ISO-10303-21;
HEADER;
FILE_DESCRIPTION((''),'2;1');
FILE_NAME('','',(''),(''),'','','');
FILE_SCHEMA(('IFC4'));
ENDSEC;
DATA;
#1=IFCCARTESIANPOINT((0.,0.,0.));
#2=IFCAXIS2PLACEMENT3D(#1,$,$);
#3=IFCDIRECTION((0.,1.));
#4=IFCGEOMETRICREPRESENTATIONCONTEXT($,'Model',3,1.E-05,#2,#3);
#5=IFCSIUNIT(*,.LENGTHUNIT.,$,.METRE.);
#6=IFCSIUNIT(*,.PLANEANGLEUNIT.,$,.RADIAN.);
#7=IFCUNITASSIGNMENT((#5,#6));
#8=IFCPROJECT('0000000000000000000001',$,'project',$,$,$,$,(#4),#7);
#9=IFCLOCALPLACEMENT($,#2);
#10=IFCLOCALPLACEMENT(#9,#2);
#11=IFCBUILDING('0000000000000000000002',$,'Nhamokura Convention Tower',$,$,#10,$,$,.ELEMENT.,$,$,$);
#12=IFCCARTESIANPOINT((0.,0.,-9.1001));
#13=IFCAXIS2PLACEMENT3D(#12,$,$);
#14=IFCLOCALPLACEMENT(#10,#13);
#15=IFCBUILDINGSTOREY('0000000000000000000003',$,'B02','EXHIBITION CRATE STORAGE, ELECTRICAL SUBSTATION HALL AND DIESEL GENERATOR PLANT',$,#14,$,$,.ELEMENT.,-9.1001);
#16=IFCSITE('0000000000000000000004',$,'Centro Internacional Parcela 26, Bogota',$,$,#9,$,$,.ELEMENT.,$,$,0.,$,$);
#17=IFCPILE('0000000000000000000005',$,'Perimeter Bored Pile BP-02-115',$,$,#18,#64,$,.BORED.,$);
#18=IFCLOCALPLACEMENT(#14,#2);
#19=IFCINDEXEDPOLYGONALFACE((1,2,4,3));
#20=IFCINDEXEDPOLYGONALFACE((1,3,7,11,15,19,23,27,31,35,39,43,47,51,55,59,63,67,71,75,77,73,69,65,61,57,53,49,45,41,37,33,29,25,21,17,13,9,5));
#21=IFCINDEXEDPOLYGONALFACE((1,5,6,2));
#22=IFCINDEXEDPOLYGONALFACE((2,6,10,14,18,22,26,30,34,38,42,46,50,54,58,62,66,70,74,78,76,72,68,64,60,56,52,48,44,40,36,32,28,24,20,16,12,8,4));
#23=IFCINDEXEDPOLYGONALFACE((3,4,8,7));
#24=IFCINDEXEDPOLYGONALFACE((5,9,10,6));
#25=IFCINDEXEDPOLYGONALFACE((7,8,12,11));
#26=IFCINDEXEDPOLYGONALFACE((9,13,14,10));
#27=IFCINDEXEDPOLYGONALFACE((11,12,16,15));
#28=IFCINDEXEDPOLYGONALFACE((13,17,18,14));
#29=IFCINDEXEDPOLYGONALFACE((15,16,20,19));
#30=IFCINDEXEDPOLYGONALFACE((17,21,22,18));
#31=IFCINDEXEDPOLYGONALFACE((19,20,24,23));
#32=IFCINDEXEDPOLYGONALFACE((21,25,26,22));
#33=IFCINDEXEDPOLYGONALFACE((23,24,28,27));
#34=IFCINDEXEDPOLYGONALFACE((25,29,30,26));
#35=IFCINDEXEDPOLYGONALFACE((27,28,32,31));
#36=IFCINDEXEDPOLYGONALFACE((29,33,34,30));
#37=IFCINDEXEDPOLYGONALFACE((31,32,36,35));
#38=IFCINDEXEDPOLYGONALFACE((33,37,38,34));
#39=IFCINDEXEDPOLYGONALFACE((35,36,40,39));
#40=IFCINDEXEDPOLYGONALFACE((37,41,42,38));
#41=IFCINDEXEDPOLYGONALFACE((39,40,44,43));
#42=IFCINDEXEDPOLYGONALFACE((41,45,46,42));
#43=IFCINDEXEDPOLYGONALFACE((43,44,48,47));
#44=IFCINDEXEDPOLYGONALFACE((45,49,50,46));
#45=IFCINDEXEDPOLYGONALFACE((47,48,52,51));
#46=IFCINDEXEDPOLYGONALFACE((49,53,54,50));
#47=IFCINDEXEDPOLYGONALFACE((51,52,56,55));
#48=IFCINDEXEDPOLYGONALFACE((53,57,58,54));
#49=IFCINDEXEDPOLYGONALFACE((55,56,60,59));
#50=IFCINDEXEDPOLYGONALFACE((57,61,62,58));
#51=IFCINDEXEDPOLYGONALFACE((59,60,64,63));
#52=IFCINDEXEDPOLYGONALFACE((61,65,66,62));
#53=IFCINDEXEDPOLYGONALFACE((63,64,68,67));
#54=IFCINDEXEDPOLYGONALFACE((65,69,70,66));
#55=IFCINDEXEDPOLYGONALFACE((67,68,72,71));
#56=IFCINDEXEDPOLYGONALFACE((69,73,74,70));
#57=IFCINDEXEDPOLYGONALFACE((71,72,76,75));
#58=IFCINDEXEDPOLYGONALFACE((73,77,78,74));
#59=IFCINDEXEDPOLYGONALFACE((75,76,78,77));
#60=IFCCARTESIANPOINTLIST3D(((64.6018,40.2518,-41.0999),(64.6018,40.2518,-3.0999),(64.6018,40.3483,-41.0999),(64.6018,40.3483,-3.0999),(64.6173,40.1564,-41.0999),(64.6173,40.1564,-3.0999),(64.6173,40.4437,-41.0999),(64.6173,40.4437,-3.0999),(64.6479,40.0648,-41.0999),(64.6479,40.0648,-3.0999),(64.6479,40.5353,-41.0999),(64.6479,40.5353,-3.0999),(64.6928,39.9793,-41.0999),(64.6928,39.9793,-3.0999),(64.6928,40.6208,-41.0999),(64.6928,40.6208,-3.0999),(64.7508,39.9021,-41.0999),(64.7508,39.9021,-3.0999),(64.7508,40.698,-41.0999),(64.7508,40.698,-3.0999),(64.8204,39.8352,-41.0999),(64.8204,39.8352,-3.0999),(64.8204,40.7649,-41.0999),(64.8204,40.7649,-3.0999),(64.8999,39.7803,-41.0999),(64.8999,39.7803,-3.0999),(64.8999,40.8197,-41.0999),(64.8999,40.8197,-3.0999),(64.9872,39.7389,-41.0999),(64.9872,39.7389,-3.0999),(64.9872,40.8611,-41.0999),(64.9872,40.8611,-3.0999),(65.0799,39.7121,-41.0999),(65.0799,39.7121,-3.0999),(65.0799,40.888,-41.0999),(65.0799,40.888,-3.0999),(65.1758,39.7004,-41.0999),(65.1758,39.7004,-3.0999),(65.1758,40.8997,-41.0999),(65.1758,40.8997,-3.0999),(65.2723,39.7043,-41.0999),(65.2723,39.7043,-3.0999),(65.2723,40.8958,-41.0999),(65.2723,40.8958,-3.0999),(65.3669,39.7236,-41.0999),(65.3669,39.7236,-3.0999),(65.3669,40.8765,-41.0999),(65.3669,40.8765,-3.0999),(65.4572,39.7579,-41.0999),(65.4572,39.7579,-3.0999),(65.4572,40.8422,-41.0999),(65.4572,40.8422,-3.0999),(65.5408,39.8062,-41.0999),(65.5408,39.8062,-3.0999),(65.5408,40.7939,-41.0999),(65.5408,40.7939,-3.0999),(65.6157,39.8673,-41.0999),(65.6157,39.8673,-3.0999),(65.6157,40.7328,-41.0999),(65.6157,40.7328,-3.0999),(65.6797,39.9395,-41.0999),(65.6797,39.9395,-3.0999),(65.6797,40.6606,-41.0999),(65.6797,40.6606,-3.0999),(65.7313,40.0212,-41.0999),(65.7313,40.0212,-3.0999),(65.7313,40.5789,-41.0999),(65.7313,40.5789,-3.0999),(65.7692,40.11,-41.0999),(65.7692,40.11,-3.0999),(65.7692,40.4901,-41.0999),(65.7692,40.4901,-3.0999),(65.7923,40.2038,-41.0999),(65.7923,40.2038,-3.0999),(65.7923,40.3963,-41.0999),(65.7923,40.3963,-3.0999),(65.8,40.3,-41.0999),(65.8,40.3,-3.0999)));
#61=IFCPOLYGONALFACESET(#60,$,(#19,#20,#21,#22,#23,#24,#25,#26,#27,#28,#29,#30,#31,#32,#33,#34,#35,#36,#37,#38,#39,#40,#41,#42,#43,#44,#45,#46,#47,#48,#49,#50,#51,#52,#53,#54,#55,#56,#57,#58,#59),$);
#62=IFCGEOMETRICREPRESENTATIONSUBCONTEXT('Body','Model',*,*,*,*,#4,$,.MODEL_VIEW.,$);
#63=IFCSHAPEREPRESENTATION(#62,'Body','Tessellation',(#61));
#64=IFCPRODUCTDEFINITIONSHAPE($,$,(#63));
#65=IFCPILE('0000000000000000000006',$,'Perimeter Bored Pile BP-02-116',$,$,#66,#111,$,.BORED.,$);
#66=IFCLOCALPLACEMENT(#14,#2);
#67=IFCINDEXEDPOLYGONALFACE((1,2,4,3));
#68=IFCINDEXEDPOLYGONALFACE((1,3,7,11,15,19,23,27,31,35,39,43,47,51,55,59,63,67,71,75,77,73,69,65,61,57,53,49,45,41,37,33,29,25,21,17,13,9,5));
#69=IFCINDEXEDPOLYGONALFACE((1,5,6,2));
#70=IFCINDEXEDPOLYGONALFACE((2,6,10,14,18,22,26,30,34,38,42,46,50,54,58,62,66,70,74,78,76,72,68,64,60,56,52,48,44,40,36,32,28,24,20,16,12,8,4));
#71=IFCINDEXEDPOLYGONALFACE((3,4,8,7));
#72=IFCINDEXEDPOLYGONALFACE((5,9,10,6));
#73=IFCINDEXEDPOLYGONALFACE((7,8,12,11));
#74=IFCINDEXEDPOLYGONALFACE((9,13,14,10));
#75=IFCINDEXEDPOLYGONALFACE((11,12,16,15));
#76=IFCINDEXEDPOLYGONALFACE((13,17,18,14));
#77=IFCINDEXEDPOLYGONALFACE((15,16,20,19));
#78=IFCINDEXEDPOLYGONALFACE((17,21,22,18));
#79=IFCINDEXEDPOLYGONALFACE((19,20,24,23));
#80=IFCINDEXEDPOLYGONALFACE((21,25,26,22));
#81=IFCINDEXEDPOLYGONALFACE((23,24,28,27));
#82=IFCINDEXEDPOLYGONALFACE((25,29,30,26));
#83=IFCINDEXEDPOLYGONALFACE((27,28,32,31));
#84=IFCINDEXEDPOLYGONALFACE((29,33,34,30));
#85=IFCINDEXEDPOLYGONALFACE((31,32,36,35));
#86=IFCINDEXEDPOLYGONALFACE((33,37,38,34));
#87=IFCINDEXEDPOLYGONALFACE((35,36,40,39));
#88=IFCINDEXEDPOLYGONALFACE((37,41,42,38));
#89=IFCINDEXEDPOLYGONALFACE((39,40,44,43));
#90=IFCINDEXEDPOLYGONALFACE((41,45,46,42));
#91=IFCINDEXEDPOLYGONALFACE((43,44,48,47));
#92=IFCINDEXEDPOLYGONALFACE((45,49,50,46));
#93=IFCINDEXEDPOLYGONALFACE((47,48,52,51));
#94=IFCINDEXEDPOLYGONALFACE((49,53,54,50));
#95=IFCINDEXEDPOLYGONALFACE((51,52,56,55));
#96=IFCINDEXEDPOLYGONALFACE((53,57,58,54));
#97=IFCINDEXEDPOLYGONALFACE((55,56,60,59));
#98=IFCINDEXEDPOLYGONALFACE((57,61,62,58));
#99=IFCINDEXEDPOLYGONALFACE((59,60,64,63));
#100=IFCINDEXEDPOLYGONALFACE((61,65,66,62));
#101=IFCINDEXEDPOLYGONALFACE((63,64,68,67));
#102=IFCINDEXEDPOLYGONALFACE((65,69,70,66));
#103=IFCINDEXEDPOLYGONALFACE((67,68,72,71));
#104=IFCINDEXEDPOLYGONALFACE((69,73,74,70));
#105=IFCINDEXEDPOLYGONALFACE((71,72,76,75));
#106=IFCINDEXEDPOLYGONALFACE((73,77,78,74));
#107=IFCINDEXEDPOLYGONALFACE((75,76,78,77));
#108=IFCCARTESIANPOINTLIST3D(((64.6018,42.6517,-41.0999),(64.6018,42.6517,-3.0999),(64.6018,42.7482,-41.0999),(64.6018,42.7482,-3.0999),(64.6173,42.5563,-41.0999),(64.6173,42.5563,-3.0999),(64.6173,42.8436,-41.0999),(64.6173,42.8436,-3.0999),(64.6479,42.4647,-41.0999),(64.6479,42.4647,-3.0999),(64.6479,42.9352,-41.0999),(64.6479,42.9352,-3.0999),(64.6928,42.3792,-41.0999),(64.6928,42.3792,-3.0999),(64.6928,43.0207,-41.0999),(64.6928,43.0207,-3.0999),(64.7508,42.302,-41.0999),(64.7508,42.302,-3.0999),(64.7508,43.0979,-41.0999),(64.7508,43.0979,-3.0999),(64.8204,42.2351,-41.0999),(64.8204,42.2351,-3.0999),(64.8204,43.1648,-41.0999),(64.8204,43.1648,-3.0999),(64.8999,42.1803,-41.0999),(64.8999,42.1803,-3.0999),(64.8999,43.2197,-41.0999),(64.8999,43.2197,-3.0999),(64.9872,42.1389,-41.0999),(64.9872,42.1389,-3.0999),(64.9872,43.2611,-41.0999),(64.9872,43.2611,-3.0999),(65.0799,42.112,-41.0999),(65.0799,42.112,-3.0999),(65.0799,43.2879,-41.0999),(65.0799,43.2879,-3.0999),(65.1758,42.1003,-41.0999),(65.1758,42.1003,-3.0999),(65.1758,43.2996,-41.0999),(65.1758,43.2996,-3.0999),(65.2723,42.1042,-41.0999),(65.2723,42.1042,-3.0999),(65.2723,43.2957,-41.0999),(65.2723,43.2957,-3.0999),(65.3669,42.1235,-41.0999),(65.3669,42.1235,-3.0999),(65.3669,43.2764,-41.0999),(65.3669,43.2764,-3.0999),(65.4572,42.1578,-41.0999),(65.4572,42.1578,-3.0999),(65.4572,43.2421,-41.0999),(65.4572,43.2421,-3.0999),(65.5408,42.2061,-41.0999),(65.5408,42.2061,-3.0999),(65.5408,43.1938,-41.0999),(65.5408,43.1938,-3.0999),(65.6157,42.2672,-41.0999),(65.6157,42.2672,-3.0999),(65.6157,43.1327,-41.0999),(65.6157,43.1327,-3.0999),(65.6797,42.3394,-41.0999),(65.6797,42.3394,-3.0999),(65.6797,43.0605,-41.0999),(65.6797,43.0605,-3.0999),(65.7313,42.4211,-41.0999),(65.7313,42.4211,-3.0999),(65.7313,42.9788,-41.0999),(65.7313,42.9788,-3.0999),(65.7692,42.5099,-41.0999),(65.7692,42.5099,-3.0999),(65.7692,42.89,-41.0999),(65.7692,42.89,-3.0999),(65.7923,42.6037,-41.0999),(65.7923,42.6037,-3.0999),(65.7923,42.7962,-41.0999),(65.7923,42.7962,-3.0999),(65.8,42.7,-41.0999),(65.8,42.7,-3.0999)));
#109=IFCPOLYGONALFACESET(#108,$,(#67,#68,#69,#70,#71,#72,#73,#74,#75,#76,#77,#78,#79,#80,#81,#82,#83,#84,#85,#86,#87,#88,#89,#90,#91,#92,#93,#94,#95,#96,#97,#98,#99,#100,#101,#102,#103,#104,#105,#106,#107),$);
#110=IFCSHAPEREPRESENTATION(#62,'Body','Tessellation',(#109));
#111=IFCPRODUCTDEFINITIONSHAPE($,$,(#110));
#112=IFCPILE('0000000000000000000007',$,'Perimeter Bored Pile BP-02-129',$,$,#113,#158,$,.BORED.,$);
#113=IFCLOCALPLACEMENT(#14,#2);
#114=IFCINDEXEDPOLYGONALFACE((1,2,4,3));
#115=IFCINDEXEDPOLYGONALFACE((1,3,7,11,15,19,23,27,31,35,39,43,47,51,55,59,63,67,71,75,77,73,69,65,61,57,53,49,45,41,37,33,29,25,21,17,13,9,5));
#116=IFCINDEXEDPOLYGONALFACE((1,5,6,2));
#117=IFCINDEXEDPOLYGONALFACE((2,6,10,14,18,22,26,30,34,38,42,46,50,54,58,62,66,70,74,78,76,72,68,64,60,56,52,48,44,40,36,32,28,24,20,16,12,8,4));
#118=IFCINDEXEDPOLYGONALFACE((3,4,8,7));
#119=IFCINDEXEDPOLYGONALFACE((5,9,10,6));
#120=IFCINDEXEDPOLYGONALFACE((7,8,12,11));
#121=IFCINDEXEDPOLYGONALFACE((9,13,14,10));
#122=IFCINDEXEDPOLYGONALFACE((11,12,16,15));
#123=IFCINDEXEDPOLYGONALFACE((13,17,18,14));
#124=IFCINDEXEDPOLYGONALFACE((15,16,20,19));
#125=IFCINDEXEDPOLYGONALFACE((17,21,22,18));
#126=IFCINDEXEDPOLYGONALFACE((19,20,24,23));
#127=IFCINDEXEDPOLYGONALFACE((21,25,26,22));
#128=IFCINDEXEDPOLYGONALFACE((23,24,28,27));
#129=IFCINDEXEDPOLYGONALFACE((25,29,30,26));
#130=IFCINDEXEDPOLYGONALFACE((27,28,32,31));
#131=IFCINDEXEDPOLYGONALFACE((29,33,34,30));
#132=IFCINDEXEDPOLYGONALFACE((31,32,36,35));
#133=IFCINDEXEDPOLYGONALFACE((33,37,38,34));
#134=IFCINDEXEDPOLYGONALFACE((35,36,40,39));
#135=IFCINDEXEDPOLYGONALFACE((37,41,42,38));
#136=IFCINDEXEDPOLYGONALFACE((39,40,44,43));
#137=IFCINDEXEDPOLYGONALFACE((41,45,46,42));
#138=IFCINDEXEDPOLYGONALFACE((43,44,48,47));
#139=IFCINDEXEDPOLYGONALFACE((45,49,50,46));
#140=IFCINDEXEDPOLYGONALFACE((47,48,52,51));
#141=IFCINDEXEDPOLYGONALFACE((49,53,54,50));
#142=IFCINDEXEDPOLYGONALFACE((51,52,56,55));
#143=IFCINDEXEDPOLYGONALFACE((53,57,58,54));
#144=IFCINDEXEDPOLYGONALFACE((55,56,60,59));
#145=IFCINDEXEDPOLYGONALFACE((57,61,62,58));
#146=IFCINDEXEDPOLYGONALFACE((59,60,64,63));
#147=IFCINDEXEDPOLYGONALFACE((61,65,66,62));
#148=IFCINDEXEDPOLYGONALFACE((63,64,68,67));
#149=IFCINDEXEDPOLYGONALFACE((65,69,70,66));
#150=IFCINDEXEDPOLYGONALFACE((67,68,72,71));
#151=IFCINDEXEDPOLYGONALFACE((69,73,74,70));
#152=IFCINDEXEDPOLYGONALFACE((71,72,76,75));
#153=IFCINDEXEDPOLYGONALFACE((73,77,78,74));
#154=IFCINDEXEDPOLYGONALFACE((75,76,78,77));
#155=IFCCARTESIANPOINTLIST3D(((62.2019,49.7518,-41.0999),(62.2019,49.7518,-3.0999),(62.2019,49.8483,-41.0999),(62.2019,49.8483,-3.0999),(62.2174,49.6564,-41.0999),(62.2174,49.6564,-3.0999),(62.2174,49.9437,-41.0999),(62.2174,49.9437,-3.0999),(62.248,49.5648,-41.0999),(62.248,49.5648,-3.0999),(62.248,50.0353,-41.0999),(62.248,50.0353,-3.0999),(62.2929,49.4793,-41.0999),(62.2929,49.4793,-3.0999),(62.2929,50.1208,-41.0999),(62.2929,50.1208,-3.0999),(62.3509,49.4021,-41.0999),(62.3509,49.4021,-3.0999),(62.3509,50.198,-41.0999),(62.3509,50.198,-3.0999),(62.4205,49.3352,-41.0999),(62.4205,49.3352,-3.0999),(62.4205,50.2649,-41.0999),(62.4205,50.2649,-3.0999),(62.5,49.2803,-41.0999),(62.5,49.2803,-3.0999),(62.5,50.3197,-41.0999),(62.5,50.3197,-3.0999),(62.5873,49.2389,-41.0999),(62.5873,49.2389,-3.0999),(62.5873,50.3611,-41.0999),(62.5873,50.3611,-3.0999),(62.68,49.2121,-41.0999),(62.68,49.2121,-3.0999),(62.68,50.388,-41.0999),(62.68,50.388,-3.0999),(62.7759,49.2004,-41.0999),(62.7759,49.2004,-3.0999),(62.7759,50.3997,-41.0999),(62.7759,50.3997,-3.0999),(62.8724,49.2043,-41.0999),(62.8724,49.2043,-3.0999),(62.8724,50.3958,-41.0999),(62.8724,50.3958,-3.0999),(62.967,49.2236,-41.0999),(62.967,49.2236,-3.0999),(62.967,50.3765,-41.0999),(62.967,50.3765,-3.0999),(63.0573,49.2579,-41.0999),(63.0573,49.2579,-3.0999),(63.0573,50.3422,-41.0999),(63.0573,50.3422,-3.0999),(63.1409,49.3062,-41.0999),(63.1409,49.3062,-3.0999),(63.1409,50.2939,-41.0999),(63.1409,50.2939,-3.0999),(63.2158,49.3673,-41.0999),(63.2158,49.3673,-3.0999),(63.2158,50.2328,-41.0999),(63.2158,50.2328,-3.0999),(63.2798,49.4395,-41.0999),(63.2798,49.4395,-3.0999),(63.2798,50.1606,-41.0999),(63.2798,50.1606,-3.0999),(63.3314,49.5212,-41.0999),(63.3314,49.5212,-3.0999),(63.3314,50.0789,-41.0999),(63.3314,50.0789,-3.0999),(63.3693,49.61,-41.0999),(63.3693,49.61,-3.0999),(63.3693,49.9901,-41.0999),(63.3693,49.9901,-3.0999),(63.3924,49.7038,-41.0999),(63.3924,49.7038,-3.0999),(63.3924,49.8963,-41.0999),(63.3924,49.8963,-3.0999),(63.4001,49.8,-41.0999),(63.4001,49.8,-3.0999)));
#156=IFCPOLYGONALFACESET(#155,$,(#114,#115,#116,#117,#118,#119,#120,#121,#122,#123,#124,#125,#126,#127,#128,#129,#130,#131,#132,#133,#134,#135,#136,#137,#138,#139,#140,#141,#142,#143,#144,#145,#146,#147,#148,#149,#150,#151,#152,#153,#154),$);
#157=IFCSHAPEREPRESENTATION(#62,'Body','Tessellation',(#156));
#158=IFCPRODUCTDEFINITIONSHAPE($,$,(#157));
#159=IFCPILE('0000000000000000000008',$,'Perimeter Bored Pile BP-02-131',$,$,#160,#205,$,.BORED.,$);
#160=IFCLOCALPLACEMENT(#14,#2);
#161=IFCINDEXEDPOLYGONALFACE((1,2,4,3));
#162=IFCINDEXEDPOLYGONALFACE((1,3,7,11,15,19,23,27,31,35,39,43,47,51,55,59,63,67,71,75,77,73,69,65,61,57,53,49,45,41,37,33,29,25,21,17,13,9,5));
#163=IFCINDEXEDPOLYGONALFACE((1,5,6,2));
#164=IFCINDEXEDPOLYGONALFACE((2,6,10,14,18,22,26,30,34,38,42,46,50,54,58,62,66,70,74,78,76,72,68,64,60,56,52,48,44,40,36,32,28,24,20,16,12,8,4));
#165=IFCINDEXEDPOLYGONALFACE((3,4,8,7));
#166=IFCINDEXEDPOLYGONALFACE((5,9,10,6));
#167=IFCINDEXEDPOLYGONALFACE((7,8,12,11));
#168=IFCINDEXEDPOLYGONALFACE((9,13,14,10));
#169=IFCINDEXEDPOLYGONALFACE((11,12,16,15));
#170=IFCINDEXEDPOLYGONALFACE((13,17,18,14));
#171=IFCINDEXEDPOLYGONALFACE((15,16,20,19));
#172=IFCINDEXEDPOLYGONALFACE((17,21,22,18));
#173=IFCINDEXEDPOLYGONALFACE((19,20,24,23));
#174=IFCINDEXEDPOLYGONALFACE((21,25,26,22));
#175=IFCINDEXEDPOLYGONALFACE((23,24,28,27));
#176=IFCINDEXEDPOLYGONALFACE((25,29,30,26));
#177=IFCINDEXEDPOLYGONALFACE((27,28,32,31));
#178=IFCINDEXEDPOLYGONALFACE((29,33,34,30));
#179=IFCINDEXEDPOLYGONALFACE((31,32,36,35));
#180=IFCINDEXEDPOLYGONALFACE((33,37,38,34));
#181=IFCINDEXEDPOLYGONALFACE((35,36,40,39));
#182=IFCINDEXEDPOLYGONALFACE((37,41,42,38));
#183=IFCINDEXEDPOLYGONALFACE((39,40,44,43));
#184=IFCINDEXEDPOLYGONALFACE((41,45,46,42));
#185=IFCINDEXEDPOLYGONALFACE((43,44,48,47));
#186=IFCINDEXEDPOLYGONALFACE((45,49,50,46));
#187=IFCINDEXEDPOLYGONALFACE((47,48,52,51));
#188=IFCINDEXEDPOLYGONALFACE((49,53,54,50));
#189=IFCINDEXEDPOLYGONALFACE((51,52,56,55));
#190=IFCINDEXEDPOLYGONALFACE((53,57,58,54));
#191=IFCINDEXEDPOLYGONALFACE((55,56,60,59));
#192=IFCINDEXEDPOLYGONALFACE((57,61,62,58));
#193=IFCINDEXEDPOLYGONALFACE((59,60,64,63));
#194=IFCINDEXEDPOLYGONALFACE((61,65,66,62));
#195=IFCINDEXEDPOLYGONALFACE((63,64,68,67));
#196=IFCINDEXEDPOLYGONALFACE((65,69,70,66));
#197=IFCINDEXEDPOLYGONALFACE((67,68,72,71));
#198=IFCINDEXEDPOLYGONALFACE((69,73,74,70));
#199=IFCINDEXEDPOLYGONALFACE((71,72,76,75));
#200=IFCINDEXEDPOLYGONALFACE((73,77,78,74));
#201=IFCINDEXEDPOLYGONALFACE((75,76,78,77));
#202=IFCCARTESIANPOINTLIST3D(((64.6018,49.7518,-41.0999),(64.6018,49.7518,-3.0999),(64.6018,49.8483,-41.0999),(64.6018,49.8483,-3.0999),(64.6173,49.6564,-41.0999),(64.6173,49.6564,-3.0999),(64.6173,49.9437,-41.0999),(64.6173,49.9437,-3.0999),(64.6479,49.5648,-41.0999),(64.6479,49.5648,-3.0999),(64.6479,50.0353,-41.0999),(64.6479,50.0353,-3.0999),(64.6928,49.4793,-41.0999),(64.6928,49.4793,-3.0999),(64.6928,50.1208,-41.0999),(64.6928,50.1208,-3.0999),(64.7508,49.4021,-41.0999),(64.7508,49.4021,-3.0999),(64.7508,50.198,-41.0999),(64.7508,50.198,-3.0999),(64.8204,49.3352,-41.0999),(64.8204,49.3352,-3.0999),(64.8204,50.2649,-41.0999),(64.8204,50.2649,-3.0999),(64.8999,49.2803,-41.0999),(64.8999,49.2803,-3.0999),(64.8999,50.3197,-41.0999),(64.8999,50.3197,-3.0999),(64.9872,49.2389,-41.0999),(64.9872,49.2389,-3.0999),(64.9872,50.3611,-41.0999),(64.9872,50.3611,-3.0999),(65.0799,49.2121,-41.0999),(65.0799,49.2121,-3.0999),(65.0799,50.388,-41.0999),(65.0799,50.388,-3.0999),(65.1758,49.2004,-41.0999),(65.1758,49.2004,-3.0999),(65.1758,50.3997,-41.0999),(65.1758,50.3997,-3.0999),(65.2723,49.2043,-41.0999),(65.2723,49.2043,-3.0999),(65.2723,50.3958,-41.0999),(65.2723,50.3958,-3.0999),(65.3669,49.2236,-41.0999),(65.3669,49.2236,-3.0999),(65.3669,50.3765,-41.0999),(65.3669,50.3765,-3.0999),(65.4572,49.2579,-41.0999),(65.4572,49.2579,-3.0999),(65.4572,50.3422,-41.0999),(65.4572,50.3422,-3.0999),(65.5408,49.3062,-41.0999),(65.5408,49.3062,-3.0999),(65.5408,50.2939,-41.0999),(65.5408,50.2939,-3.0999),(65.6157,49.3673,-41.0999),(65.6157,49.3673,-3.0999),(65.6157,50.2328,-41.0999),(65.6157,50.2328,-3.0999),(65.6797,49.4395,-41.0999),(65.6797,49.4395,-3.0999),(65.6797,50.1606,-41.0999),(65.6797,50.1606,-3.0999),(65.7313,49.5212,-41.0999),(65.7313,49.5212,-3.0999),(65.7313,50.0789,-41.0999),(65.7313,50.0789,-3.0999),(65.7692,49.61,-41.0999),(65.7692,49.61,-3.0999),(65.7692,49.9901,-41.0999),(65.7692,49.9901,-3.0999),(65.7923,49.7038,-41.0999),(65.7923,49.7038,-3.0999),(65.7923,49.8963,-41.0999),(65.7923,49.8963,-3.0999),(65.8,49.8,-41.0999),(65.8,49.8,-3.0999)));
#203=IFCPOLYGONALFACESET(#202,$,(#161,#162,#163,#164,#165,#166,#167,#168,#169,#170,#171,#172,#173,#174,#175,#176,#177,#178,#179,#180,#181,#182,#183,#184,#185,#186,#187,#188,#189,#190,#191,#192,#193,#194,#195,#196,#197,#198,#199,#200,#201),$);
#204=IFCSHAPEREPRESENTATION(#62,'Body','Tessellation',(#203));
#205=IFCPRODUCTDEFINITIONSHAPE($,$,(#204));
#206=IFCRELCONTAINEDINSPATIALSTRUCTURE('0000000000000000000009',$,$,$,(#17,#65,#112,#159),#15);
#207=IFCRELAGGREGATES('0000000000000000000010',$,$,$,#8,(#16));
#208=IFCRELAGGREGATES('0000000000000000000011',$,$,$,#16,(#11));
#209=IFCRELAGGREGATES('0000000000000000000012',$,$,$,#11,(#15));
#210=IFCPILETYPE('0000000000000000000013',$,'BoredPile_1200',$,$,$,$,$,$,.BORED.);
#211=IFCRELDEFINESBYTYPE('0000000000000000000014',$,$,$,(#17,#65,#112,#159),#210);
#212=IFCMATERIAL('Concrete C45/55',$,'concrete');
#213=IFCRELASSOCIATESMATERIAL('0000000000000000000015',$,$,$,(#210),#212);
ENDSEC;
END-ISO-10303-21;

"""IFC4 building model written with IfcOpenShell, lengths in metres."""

from ifc_helpers import new_model, si_unit, direction, frame, origin, origin_2d, place, context, subcontext, project, spatial, circle, extrude, material, material_profile, profile_set, type_object, element, save


model = new_model("IFC4")

# Units and contexts
model_context = context("Model", 3, precision=1e-05, world=origin(), true_north=direction((0.0, 1.0)))
body_context = subcontext(model_context, "Body", "Model", "MODEL_VIEW")
ifc_project = project(units=[si_unit("LENGTHUNIT", "METRE"), si_unit("PLANEANGLEUNIT", "RADIAN")], contexts=[model_context])

# Site, building, storey
site_placement = place(None, origin())
site = spatial("IfcSite", under=ifc_project, at=site_placement, Name="Centro Internacional Parcela 26, Bogota", CompositionType="ELEMENT", RefElevation=0.0)
building_placement = place(site_placement, origin())
building = spatial("IfcBuilding", under=site, at=building_placement, Name="Nhamokura Convention Tower", CompositionType="ELEMENT")
storey_placement = place(building_placement, frame((0.0, 0.0, -9.1001)))
storey = spatial("IfcBuildingStorey", under=building, at=storey_placement, Name="B02", Description="EXHIBITION CRATE STORAGE, ELECTRICAL SUBSTATION HALL AND DIESEL GENERATOR PLANT", CompositionType="ELEMENT", Elevation=-9.1001)

# Piles
ifc_material_1 = material(Name="Concrete C45/55", Category="concrete")
ifc_material_profile_1 = material_profile(ifc_material_1, circle(Radius=0.6001, at=origin_2d()))
ifc_profile_set_1 = profile_set([ifc_material_profile_1], Name="Concrete C45/55")
pile_type = type_object("IfcPileType", Name="BoredPile_1200", PredefinedType="BORED", material=ifc_profile_set_1)
for number, where, z_axis, x_axis, name in (
    (1, (65.2, 40.3, -3.0999), (0.0, 0.0, -1.0), (1.0, 0.0, 0.0), "Perimeter Bored Pile BP-02-115"),
    (2, (65.2, 42.7, -3.0999), (0.0, 0.0, -1.0), (1.0, 0.0, 0.0), "Perimeter Bored Pile BP-02-116"),
    (3, (62.8, 49.8, -3.0999), (0.0, 0.0, -1.0), (1.0, 0.0, 0.0), "Perimeter Bored Pile BP-02-129"),
    (4, (65.2, 49.8, -3.0999), (0.0, 0.0, -1.0), (1.0, 0.0, 0.0), "Perimeter Bored Pile BP-02-131"),
):
    element("IfcPile", number, at=place(storey_placement, frame(where, z_axis=z_axis, x_axis=x_axis)), inside=storey, type_object=pile_type, Name=name, PredefinedType="BORED", context=body_context, shape_type="SweptSolid", body=[
        extrude(circle(Radius=0.6001, at=origin_2d()), origin(), (0.0, 0.0, 1.0), 38.0),
    ])

save(model, "model.ifc")
